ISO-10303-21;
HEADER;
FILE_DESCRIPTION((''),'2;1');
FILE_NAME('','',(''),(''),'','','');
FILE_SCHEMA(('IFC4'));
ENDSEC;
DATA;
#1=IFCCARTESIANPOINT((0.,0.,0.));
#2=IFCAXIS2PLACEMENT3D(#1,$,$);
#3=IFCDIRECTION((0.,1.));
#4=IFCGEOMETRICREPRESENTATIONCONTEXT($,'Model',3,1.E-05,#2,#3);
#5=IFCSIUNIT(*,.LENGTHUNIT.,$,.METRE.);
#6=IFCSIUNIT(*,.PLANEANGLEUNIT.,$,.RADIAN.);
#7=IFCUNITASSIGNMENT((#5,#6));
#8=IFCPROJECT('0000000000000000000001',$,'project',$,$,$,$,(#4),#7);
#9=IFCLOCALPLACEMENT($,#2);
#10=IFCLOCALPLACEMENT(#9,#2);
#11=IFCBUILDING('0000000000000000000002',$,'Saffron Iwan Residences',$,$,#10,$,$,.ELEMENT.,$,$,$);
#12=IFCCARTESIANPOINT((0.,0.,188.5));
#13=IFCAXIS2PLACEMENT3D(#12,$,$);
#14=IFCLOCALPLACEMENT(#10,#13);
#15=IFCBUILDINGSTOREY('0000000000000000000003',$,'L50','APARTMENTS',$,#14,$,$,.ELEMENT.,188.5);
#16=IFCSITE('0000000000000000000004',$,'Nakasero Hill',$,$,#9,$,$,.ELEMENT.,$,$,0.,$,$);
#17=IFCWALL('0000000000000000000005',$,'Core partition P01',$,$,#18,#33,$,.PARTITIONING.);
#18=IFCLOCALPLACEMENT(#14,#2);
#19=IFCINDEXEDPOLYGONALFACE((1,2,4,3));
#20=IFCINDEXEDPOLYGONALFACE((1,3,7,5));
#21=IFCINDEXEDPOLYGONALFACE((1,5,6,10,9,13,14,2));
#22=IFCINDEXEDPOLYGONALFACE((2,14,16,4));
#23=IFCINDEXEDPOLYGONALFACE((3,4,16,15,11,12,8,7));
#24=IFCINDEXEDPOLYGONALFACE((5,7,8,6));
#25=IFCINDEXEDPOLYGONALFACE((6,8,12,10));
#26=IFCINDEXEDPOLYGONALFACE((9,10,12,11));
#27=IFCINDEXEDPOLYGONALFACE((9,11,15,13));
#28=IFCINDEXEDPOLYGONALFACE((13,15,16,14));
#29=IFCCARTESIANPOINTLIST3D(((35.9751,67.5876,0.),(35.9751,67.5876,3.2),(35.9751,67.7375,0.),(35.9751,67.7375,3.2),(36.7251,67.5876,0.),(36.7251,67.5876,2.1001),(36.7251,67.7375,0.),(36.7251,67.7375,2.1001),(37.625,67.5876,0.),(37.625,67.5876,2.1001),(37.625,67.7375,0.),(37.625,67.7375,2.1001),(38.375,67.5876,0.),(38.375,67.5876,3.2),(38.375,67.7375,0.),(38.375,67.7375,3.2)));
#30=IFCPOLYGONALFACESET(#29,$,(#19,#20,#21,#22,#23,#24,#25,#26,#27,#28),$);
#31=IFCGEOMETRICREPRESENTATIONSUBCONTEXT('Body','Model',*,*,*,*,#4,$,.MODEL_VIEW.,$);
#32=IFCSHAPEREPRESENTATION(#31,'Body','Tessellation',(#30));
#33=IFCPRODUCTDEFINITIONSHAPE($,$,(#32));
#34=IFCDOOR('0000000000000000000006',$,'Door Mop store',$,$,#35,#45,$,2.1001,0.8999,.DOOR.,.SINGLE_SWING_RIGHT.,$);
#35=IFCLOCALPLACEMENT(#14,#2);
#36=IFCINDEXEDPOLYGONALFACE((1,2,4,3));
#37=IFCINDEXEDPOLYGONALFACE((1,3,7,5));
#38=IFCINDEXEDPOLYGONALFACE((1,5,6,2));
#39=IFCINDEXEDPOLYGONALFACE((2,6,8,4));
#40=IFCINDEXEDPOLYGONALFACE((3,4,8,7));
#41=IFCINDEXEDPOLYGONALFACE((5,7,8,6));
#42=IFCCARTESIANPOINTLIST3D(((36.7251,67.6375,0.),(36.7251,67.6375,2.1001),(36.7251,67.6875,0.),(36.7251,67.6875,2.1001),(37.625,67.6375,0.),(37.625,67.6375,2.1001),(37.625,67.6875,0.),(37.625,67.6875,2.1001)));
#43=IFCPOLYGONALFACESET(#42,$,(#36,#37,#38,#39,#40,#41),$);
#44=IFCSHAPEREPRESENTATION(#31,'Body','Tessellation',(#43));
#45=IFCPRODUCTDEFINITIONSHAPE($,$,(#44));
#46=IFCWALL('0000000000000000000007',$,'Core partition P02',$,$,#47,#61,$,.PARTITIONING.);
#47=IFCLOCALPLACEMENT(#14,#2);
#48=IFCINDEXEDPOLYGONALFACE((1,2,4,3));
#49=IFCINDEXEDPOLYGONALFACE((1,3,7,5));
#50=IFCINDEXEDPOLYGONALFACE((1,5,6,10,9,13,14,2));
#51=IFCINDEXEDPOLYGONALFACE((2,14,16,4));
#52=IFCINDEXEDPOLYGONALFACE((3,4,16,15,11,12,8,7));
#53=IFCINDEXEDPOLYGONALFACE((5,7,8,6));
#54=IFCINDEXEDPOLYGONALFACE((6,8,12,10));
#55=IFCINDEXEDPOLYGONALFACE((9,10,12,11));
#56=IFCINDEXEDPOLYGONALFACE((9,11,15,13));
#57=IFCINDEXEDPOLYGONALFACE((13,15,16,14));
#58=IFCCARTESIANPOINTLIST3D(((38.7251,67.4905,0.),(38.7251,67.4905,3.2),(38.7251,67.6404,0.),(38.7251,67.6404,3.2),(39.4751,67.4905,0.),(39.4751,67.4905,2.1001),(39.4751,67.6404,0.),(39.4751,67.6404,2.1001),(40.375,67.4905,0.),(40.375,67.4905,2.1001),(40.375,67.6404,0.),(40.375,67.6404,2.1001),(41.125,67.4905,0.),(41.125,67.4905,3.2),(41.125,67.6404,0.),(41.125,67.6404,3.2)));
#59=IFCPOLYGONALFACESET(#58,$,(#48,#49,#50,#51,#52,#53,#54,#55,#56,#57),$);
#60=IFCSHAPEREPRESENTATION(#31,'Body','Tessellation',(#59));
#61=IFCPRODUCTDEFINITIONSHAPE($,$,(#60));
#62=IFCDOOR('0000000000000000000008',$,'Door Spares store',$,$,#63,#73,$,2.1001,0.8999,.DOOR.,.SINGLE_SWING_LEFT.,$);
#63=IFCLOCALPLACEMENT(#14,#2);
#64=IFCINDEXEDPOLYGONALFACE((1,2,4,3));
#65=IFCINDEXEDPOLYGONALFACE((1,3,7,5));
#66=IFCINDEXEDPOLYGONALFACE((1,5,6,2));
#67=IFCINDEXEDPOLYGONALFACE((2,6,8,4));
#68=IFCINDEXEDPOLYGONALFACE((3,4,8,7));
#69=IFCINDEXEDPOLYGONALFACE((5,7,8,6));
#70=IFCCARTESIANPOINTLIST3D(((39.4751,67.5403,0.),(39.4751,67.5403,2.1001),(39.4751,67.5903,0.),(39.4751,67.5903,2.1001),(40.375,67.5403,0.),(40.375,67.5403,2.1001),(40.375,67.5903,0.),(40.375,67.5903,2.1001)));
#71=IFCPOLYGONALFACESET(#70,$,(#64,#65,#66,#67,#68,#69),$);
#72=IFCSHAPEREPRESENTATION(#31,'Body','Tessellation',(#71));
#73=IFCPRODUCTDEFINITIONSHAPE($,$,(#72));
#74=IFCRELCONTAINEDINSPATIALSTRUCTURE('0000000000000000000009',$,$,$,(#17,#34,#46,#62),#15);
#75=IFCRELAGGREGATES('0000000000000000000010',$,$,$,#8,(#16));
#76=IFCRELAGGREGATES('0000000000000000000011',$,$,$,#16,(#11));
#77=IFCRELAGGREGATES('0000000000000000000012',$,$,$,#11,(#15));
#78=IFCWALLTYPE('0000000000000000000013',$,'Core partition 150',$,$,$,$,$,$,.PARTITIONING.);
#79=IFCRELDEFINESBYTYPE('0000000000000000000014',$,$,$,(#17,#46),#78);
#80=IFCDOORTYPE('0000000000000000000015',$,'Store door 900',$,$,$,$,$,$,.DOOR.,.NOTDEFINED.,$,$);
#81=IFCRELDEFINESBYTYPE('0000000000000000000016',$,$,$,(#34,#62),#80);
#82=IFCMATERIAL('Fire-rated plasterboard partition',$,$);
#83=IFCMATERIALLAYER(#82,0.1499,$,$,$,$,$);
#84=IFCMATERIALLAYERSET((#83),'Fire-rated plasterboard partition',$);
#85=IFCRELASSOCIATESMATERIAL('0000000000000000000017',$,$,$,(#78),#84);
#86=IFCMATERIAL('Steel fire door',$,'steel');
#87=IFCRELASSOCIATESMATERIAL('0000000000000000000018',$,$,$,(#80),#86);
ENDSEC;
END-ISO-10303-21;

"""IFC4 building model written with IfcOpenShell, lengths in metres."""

from ifc_helpers import new_model, si_unit, direction, frame, frame_2d, origin, place, context, subcontext, project, spatial, rectangle, extrude, material, layer, layer_set, type_object, element, fill, save


model = new_model("IFC4")

# Units and contexts
model_context = context("Model", 3, precision=1e-05, world=origin(), true_north=direction((0.0, 1.0)))
body_context = subcontext(model_context, "Body", "Model", "MODEL_VIEW")
ifc_project = project(units=[si_unit("LENGTHUNIT", "METRE"), si_unit("PLANEANGLEUNIT", "RADIAN")], contexts=[model_context])

# Site, building, storey
site_placement = place(None, origin())
site = spatial("IfcSite", under=ifc_project, at=site_placement, Name="Nakasero Hill", CompositionType="ELEMENT", RefElevation=0.0)
building_placement = place(site_placement, origin())
building = spatial("IfcBuilding", under=site, at=building_placement, Name="Saffron Iwan Residences", CompositionType="ELEMENT")
storey_placement = place(building_placement, frame((0.0, 0.0, 188.5)))
storey = spatial("IfcBuildingStorey", under=building, at=storey_placement, Name="L50", Description="APARTMENTS", CompositionType="ELEMENT", Elevation=188.5)

# Walls, openings, doors
ifc_material_1 = material(Name="Fire-rated plasterboard partition")
ifc_layer_1 = layer(ifc_material_1, 0.1499)
ifc_layer_set_1 = layer_set([ifc_layer_1], Name="Fire-rated plasterboard partition")
wall_type_1 = type_object("IfcWallType", Name="Core partition 150", PredefinedType="PARTITIONING", material=ifc_layer_set_1)
wall_1_placement = place(storey_placement, frame((35.9751, 67.6626, 0.0), z_axis=(0.0, 0.0, 1.0), x_axis=(1.0, 0.0, 0.0)))
wall_1 = element("IfcWall", 1, at=wall_1_placement, inside=storey, type_object=wall_type_1, Name="Core partition P01", PredefinedType="PARTITIONING", context=body_context, shape_type="SweptSolid", body=[
    extrude(rectangle(XDim=2.3999, YDim=0.1499, at=frame_2d((1.2, 0.0))), origin(), (0.0, 0.0, 1.0), 3.2),
])
opening_1_placement = place(wall_1_placement, frame((0.75, 0.0, 0.0)))
opening_1 = element("IfcOpeningElement", 2, at=opening_1_placement, cuts=wall_1, PredefinedType="OPENING", context=body_context, shape_type="SweptSolid", body=[
    extrude(rectangle(XDim=0.8999, YDim=2.1001, at=frame_2d((0.45, 1.05))), frame((0.0, 0.085, 0.0), z_axis=(0.0, -1.0, 0.0), x_axis=(1.0, 0.0, 0.0)), (0.0, 0.0, 1.0), 0.1699),
])
ifc_material_2 = material(Name="Steel fire door", Category="steel")
door_type_1 = type_object("IfcDoorType", Name="Store door 900", OperationType="NOTDEFINED", PredefinedType="DOOR", material=ifc_material_2)
door_1_placement = place(opening_1_placement, origin())
door_1 = element("IfcDoor", 3, at=door_1_placement, inside=storey, type_object=door_type_1, Name="Door Mop store", OperationType="SINGLE_SWING_RIGHT", OverallHeight=2.1001, OverallWidth=0.8999, PredefinedType="DOOR", context=body_context, shape_type="SweptSolid", body=[
    extrude(rectangle(XDim=0.8999, YDim=2.1001, at=frame_2d((0.45, 1.05))), frame((0.0, 0.0249, 0.0), z_axis=(0.0, -1.0, 0.0), x_axis=(1.0, 0.0, 0.0)), (0.0, 0.0, 1.0), 0.05),
])
fill(opening_1, door_1)
wall_2_placement = place(storey_placement, frame((38.7251, 67.5654, 0.0), z_axis=(0.0, 0.0, 1.0), x_axis=(1.0, 0.0, 0.0)))
wall_2 = element("IfcWall", 4, at=wall_2_placement, inside=storey, type_object=wall_type_1, Name="Core partition P02", PredefinedType="PARTITIONING", context=body_context, shape_type="SweptSolid", body=[
    extrude(rectangle(XDim=2.3999, YDim=0.1499, at=frame_2d((1.2, 0.0))), origin(), (0.0, 0.0, 1.0), 3.2),
])
opening_2_placement = place(wall_2_placement, frame((0.75, 0.0, 0.0)))
opening_2 = element("IfcOpeningElement", 5, at=opening_2_placement, cuts=wall_2, PredefinedType="OPENING", context=body_context, shape_type="SweptSolid", body=[
    extrude(rectangle(XDim=0.8999, YDim=2.1001, at=frame_2d((0.45, 1.05))), frame((0.0, 0.085, 0.0), z_axis=(0.0, -1.0, 0.0), x_axis=(1.0, 0.0, 0.0)), (0.0, 0.0, 1.0), 0.1699),
])
door_2_placement = place(opening_2_placement, origin())
door_2 = element("IfcDoor", 6, at=door_2_placement, inside=storey, type_object=door_type_1, Name="Door Spares store", OperationType="SINGLE_SWING_LEFT", OverallHeight=2.1001, OverallWidth=0.8999, PredefinedType="DOOR", context=body_context, shape_type="SweptSolid", body=[
    extrude(rectangle(XDim=0.8999, YDim=2.1001, at=frame_2d((0.45, 1.05))), frame((0.0, 0.0249, 0.0), z_axis=(0.0, -1.0, 0.0), x_axis=(1.0, 0.0, 0.0)), (0.0, 0.0, 1.0), 0.05),
])
fill(opening_2, door_2)

save(model, "model.ifc")
